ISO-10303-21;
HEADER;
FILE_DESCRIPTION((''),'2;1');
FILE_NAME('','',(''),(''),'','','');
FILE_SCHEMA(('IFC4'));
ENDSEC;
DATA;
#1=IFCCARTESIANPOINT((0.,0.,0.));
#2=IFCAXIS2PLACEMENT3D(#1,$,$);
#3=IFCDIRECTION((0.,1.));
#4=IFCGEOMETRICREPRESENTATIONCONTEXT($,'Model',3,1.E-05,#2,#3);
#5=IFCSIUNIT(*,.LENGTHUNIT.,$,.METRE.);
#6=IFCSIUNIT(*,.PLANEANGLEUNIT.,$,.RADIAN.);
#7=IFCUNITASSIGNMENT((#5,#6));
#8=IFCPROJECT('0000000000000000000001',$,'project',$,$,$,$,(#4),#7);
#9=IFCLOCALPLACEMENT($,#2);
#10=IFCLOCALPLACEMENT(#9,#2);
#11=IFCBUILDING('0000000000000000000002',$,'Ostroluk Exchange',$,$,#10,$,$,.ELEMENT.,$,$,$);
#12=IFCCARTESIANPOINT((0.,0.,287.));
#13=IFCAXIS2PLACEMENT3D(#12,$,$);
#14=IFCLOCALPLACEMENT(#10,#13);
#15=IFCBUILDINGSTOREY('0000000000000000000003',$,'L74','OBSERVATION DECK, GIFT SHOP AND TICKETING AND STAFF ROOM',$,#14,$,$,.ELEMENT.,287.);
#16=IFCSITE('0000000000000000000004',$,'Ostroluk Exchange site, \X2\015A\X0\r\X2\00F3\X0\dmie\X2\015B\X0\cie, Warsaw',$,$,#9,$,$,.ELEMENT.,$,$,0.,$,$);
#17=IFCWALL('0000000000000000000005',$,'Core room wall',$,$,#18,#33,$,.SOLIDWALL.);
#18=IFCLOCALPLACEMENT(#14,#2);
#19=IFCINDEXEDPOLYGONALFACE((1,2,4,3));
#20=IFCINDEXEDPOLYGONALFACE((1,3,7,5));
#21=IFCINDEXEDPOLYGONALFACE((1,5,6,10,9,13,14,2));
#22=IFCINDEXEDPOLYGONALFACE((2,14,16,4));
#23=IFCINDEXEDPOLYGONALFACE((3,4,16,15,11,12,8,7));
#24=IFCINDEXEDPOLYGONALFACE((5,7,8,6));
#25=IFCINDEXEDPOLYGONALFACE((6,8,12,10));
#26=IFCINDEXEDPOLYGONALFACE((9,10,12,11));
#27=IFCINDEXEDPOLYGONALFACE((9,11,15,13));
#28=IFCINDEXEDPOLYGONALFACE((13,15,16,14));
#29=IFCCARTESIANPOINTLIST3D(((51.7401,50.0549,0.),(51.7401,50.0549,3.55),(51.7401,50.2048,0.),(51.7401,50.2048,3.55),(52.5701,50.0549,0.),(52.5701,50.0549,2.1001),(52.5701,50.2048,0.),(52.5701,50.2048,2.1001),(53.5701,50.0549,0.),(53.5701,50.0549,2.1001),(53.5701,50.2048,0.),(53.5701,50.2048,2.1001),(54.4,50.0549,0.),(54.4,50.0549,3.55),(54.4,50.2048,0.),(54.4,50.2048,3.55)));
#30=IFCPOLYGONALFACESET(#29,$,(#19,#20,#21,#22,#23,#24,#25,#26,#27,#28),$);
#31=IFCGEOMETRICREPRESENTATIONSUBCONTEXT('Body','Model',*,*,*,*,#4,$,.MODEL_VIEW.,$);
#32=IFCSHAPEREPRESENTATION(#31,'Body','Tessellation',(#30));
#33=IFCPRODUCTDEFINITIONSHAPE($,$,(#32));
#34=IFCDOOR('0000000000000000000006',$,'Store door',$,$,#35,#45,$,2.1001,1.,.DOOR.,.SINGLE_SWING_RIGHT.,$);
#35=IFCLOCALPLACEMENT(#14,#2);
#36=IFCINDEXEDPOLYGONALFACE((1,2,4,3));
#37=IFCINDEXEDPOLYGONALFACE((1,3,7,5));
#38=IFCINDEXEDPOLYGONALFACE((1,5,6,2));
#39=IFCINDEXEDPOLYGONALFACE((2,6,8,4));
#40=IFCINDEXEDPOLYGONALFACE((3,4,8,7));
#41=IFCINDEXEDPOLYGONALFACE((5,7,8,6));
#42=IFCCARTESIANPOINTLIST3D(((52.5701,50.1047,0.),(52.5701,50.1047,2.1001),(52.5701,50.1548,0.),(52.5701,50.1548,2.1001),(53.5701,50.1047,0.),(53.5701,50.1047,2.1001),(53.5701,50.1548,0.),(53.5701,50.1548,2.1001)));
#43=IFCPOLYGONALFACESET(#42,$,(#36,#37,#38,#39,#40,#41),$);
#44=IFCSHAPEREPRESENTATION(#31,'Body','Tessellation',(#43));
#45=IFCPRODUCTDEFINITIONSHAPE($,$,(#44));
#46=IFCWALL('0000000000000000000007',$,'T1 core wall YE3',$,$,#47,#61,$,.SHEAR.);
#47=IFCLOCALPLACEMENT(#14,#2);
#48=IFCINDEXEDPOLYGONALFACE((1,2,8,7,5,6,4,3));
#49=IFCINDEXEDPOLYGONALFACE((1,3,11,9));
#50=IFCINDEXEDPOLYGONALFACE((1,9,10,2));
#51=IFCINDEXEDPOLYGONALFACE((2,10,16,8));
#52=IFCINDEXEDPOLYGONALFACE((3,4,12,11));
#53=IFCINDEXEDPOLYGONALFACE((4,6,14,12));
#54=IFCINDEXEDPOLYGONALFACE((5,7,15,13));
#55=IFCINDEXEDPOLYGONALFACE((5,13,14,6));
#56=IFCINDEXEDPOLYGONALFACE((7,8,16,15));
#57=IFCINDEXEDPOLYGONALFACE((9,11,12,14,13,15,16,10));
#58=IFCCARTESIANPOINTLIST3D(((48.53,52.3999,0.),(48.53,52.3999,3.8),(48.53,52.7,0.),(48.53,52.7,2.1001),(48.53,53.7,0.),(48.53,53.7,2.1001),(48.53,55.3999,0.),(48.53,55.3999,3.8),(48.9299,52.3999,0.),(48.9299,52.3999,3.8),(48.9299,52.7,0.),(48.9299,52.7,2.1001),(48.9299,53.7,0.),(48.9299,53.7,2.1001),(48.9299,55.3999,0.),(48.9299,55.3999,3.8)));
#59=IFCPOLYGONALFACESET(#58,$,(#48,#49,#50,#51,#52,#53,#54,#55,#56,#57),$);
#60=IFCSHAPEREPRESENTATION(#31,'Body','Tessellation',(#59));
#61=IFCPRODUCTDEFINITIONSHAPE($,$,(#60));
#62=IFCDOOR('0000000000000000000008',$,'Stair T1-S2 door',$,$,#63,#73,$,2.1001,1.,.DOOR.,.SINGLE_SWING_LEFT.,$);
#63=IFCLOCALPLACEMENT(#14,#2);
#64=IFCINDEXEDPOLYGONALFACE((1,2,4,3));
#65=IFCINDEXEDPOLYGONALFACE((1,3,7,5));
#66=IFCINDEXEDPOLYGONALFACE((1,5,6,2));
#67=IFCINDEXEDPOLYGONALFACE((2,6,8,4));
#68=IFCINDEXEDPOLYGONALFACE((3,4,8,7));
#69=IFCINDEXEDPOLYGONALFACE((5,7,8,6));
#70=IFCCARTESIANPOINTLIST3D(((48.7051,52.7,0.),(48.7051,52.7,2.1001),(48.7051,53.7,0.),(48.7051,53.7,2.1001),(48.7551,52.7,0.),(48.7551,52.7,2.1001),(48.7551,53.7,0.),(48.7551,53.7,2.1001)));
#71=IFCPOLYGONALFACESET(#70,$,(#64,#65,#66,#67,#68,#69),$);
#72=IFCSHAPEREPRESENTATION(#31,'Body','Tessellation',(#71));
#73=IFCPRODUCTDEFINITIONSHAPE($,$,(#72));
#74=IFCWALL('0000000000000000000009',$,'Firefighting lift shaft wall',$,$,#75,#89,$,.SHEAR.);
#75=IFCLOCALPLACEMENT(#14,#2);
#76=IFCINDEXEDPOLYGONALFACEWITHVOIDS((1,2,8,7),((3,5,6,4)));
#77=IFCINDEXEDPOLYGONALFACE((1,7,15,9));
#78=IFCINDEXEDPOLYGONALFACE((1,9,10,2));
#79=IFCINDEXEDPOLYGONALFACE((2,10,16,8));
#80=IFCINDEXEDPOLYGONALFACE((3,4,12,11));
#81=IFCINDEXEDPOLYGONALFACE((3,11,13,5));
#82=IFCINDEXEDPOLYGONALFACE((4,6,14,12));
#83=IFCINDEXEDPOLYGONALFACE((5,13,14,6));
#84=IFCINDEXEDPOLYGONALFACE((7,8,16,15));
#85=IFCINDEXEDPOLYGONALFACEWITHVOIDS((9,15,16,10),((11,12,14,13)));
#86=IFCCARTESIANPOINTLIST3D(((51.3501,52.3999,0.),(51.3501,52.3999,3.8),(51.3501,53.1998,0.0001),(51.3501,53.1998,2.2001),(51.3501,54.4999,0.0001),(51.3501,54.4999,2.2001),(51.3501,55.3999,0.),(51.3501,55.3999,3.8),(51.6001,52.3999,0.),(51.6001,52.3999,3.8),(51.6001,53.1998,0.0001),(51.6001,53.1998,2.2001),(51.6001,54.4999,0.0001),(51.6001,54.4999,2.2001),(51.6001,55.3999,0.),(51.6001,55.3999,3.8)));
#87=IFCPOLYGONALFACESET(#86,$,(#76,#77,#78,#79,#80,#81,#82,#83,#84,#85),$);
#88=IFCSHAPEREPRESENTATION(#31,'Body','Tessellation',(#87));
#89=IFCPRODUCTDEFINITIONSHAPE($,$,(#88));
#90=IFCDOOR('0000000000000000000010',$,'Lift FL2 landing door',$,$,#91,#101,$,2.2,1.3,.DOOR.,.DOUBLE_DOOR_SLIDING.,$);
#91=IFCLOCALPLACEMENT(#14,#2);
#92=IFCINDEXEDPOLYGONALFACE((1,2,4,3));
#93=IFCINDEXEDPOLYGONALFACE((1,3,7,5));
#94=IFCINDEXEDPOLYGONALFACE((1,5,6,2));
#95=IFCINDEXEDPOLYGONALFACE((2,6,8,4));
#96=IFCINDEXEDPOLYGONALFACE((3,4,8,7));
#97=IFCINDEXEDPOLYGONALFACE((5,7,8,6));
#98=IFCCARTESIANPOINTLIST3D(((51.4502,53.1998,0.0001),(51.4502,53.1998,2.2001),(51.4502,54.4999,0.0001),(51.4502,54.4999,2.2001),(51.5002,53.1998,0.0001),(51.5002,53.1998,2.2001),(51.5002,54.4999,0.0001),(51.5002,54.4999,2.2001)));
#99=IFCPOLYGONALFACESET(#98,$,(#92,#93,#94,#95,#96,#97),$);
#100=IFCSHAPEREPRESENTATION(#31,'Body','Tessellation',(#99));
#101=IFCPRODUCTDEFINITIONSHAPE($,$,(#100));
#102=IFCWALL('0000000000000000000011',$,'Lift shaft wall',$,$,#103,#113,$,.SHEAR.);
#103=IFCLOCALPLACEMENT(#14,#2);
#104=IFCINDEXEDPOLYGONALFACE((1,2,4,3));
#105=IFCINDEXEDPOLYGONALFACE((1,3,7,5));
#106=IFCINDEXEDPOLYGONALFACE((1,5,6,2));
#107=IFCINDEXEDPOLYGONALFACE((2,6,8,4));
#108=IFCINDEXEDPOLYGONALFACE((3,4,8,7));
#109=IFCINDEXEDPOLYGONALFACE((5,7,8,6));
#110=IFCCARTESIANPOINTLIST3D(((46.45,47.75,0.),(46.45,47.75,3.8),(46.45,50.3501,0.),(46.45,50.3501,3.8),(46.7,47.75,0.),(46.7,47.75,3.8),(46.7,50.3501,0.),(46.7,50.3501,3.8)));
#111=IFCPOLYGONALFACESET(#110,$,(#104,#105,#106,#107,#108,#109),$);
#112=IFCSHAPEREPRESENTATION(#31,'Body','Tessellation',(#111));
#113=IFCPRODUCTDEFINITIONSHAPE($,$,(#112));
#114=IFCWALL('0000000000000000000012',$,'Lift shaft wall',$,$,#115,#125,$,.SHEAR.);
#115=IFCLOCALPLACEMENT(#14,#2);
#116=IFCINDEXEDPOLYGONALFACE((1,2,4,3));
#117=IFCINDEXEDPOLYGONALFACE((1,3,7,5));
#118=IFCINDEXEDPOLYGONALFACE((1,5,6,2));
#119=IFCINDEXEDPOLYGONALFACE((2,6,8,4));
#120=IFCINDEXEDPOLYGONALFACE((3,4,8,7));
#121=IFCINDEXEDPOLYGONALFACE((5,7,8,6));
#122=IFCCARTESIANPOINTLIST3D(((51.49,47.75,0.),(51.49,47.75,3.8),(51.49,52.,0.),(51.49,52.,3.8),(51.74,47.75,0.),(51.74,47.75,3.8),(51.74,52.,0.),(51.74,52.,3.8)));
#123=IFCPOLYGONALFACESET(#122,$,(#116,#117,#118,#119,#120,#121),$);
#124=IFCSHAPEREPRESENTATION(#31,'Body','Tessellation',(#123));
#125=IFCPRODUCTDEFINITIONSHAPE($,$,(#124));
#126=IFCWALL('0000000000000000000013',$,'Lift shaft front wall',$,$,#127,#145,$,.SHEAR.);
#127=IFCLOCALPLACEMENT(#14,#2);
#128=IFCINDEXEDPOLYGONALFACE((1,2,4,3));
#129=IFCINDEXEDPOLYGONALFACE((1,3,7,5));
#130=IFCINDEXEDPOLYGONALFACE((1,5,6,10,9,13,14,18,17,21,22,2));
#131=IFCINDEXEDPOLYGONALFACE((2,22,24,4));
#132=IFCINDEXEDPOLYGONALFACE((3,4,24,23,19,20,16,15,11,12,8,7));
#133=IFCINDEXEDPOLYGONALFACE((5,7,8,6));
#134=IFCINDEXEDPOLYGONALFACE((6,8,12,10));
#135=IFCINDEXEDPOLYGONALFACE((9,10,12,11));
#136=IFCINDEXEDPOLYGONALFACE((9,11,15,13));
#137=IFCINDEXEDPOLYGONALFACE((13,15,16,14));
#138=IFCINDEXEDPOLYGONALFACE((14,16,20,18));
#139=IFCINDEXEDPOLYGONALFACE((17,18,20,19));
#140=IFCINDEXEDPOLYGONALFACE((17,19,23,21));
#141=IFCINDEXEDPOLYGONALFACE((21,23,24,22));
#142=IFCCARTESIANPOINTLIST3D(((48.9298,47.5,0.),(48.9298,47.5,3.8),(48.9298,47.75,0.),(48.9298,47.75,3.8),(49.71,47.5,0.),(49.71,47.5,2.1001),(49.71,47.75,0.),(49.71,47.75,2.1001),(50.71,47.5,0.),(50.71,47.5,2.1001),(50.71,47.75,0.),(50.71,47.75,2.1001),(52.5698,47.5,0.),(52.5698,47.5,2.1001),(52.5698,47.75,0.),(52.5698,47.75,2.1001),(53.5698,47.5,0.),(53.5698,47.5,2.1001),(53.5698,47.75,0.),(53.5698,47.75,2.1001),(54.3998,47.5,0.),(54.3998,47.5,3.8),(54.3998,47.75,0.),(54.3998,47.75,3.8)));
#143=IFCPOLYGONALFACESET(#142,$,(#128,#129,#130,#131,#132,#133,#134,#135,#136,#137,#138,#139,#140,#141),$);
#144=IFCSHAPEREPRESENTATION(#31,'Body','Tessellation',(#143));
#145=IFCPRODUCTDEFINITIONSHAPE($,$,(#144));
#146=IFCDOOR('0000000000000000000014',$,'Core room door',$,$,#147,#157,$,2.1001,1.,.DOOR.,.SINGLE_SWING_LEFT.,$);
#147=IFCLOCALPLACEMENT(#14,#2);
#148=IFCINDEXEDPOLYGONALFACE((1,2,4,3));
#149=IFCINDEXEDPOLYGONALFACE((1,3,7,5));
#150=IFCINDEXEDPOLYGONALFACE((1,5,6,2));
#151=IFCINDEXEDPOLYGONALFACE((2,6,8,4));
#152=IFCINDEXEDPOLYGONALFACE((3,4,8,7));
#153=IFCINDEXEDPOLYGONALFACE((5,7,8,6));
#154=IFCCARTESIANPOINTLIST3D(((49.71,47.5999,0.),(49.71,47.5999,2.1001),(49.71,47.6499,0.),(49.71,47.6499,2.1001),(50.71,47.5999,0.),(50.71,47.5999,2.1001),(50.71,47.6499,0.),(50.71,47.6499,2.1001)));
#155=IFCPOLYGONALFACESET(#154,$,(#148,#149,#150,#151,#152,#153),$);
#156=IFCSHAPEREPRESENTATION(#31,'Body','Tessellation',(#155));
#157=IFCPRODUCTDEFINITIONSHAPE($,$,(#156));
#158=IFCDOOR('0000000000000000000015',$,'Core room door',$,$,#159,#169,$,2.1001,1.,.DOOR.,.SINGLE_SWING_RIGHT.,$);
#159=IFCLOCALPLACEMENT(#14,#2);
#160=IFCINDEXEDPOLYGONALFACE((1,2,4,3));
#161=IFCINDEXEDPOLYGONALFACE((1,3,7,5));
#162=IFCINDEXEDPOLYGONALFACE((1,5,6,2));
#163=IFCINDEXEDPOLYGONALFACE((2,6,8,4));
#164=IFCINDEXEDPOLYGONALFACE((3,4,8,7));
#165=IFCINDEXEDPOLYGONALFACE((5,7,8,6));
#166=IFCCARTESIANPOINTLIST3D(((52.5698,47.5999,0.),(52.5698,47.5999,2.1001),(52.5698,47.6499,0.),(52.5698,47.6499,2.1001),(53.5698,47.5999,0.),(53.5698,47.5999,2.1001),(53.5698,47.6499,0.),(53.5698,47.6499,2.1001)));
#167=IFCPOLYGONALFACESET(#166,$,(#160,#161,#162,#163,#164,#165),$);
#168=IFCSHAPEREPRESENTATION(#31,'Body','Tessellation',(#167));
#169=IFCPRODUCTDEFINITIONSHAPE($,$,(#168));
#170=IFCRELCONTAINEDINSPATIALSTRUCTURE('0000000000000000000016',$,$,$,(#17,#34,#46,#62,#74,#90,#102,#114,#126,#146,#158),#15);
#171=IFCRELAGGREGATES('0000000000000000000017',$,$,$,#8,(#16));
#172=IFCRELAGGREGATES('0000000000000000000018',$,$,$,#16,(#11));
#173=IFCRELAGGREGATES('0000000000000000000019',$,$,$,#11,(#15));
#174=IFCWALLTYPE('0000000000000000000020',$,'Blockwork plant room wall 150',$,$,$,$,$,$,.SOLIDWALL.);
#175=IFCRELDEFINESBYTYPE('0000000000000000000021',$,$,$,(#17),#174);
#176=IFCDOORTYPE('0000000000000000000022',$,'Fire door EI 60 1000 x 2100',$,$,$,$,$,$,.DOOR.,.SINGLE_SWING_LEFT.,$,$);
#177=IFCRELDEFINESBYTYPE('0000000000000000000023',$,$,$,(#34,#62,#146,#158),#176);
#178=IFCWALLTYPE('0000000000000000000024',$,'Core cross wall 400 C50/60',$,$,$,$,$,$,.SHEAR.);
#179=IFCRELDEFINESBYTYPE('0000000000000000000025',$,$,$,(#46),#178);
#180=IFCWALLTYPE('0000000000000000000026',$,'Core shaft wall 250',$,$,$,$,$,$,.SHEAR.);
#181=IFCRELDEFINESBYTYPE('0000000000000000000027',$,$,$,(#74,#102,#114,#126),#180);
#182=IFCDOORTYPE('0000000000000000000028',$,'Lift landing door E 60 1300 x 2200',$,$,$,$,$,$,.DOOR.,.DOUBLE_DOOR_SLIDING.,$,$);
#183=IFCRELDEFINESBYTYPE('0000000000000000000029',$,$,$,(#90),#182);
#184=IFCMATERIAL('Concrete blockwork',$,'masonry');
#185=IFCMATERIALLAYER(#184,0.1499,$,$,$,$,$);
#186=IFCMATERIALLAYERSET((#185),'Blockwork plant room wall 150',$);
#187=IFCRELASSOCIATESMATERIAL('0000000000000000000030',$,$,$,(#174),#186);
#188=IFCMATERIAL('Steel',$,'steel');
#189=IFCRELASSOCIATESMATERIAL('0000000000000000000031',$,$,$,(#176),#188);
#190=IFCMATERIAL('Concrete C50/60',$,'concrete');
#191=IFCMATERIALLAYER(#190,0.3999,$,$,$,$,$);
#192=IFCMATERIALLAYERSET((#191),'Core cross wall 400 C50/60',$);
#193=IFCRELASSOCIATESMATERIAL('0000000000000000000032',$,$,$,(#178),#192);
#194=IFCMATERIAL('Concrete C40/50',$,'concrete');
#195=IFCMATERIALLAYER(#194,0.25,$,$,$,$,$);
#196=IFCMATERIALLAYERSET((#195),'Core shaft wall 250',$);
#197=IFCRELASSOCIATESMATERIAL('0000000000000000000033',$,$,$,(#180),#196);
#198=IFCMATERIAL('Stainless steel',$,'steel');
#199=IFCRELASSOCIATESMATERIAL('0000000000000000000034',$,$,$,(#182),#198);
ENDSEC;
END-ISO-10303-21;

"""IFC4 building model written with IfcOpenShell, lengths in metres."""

from ifc_helpers import new_model, si_unit, direction, frame, frame_2d, origin, place, context, subcontext, project, spatial, rectangle, extrude, material, layer, layer_set, type_object, element, fill, save


model = new_model("IFC4")

# Units and contexts
model_context = context("Model", 3, precision=1e-05, world=origin(), true_north=direction((0.0, 1.0)))
body_context = subcontext(model_context, "Body", "Model", "MODEL_VIEW")
ifc_project = project(units=[si_unit("LENGTHUNIT", "METRE"), si_unit("PLANEANGLEUNIT", "RADIAN")], contexts=[model_context])

# Site, building, storey
site_placement = place(None, origin())
site = spatial("IfcSite", under=ifc_project, at=site_placement, Name="Ostroluk Exchange site, Śródmieście, Warsaw", CompositionType="ELEMENT", RefElevation=0.0)
building_placement = place(site_placement, origin())
building = spatial("IfcBuilding", under=site, at=building_placement, Name="Ostroluk Exchange", CompositionType="ELEMENT")
storey_placement = place(building_placement, frame((0.0, 0.0, 287.0)))
storey = spatial("IfcBuildingStorey", under=building, at=storey_placement, Name="L74", Description="OBSERVATION DECK, GIFT SHOP AND TICKETING AND STAFF ROOM", CompositionType="ELEMENT", Elevation=287.0)

# Walls, openings, doors
ifc_material_1 = material(Name="Concrete blockwork", Category="masonry")
ifc_layer_1 = layer(ifc_material_1, 0.1499)
ifc_layer_set_1 = layer_set([ifc_layer_1], Name="Blockwork plant room wall 150")
wall_type_1 = type_object("IfcWallType", Name="Blockwork plant room wall 150", PredefinedType="SOLIDWALL", material=ifc_layer_set_1)
wall_1_placement = place(storey_placement, frame((51.74, 50.1299, 0.0), z_axis=(0.0, 0.0, 1.0), x_axis=(1.0, 0.0, 0.0)))
wall_1 = element("IfcWall", 1, at=wall_1_placement, inside=storey, type_object=wall_type_1, Name="Core room wall", PredefinedType="SOLIDWALL", context=body_context, shape_type="SweptSolid", body=[
    extrude(rectangle(XDim=2.6599, YDim=0.1499, at=frame_2d((1.3301, 0.0))), origin(), (0.0, 0.0, 1.0), 3.55),
])
opening_1_placement = place(wall_1_placement, frame((0.8301, 0.0, 0.0)))
opening_1 = element("IfcOpeningElement", 2, at=opening_1_placement, cuts=wall_1, PredefinedType="OPENING", context=body_context, shape_type="SweptSolid", body=[
    extrude(rectangle(XDim=1.0, YDim=2.1001, at=frame_2d((0.5, 1.05))), frame((0.0, 0.085, 0.0), z_axis=(0.0, -1.0, 0.0), x_axis=(1.0, 0.0, 0.0)), (0.0, 0.0, 1.0), 0.1699),
])
ifc_material_2 = material(Name="Steel", Category="steel")
door_type_1 = type_object("IfcDoorType", Name="Fire door EI 60 1000 x 2100", OperationType="SINGLE_SWING_LEFT", PredefinedType="DOOR", material=ifc_material_2)
door_1_placement = place(opening_1_placement, origin())
door_1 = element("IfcDoor", 3, at=door_1_placement, inside=storey, type_object=door_type_1, Name="Store door", OperationType="SINGLE_SWING_RIGHT", OverallHeight=2.1001, OverallWidth=1.0, PredefinedType="DOOR", context=body_context, shape_type="SweptSolid", body=[
    extrude(rectangle(XDim=1.0, YDim=2.1001, at=frame_2d((0.5, 1.05))), frame((0.0, 0.0249, 0.0), z_axis=(0.0, -1.0, 0.0), x_axis=(1.0, 0.0, 0.0)), (0.0, 0.0, 1.0), 0.05),
])
fill(opening_1, door_1)
ifc_material_3 = material(Name="Concrete C50/60", Category="concrete")
ifc_layer_2 = layer(ifc_material_3, 0.3999)
ifc_layer_set_2 = layer_set([ifc_layer_2], Name="Core cross wall 400 C50/60")
wall_type_2 = type_object("IfcWallType", Name="Core cross wall 400 C50/60", PredefinedType="SHEAR", material=ifc_layer_set_2)
wall_2_placement = place(storey_placement, frame((48.73, 52.3999, 0.0), z_axis=(0.0, 0.0, 1.0), x_axis=(0.0, 1.0, 0.0)))
wall_2 = element("IfcWall", 4, at=wall_2_placement, inside=storey, type_object=wall_type_2, Name="T1 core wall YE3", PredefinedType="SHEAR", context=body_context, shape_type="SweptSolid", body=[
    extrude(rectangle(XDim=3.0, YDim=0.3999, at=frame_2d((1.5, 0.0))), origin(), (0.0, 0.0, 1.0), 3.8),
])
opening_2_placement = place(wall_2_placement, frame((0.3, 0.0, 0.0)))
opening_2 = element("IfcOpeningElement", 5, at=opening_2_placement, cuts=wall_2, PredefinedType="OPENING", context=body_context, shape_type="SweptSolid", body=[
    extrude(rectangle(XDim=1.0, YDim=2.1001, at=frame_2d((0.5, 1.05))), frame((0.0, 0.21, 0.0), z_axis=(0.0, -1.0, 0.0), x_axis=(1.0, 0.0, 0.0)), (0.0, 0.0, 1.0), 0.4199),
])
door_2_placement = place(opening_2_placement, origin())
door_2 = element("IfcDoor", 6, at=door_2_placement, inside=storey, type_object=door_type_1, Name="Stair T1-S2 door", OperationType="SINGLE_SWING_LEFT", OverallHeight=2.1001, OverallWidth=1.0, PredefinedType="DOOR", context=body_context, shape_type="SweptSolid", body=[
    extrude(rectangle(XDim=1.0, YDim=2.1001, at=frame_2d((0.5, 1.05))), frame((0.0, 0.0249, 0.0), z_axis=(0.0, -1.0, 0.0), x_axis=(1.0, 0.0, 0.0)), (0.0, 0.0, 1.0), 0.05),
])
fill(opening_2, door_2)
ifc_material_4 = material(Name="Concrete C40/50", Category="concrete")
ifc_layer_3 = layer(ifc_material_4, 0.25)
ifc_layer_set_3 = layer_set([ifc_layer_3], Name="Core shaft wall 250")
wall_type_3 = type_object("IfcWallType", Name="Core shaft wall 250", PredefinedType="SHEAR", material=ifc_layer_set_3)
wall_3_placement = place(storey_placement, frame((51.4751, 52.3999, 0.0), z_axis=(0.0, 0.0, 1.0), x_axis=(0.0, 1.0, 0.0)))
wall_3 = element("IfcWall", 7, at=wall_3_placement, inside=storey, type_object=wall_type_3, Name="Firefighting lift shaft wall", PredefinedType="SHEAR", context=body_context, shape_type="SweptSolid", body=[
    extrude(rectangle(XDim=3.0, YDim=0.25, at=frame_2d((1.5, 0.0))), origin(), (0.0, 0.0, 1.0), 3.8),
])
opening_3_placement = place(wall_3_placement, frame((0.8, 0.0, 0.0)))
opening_3 = element("IfcOpeningElement", 8, at=opening_3_placement, cuts=wall_3, PredefinedType="OPENING", context=body_context, shape_type="SweptSolid", body=[
    extrude(rectangle(XDim=1.3, YDim=2.2, at=frame_2d((0.6499, 1.1001))), frame((0.0, 0.135, 0.0), z_axis=(0.0, -1.0, 0.0), x_axis=(1.0, 0.0, 0.0)), (0.0, 0.0, 1.0), 0.27),
])
ifc_material_5 = material(Name="Stainless steel", Category="steel")
door_type_2 = type_object("IfcDoorType", Name="Lift landing door E 60 1300 x 2200", OperationType="DOUBLE_DOOR_SLIDING", PredefinedType="DOOR", material=ifc_material_5)
door_3_placement = place(opening_3_placement, origin())
door_3 = element("IfcDoor", 9, at=door_3_placement, inside=storey, type_object=door_type_2, Name="Lift FL2 landing door", OperationType="DOUBLE_DOOR_SLIDING", OverallHeight=2.2, OverallWidth=1.3, PredefinedType="DOOR", context=body_context, shape_type="SweptSolid", body=[
    extrude(rectangle(XDim=1.3, YDim=2.2, at=frame_2d((0.6499, 1.1001))), frame((0.0, 0.0249, 0.0), z_axis=(0.0, -1.0, 0.0), x_axis=(1.0, 0.0, 0.0)), (0.0, 0.0, 1.0), 0.05),
])
fill(opening_3, door_3)

# Walls
wall_4_placement = place(storey_placement, frame((46.575, 47.75, 0.0), z_axis=(0.0, 0.0, 1.0), x_axis=(0.0, 1.0, 0.0)))
element("IfcWall", 10, at=wall_4_placement, inside=storey, type_object=wall_type_3, Name="Lift shaft wall", PredefinedType="SHEAR", context=body_context, shape_type="SweptSolid", body=[
    extrude(rectangle(XDim=2.6001, YDim=0.25, at=frame_2d((1.3, 0.0))), origin(), (0.0, 0.0, 1.0), 3.8),
])
wall_5_placement = place(storey_placement, frame((51.615, 47.75, 0.0), z_axis=(0.0, 0.0, 1.0), x_axis=(0.0, 1.0, 0.0)))
element("IfcWall", 11, at=wall_5_placement, inside=storey, type_object=wall_type_3, Name="Lift shaft wall", PredefinedType="SHEAR", context=body_context, shape_type="SweptSolid", body=[
    extrude(rectangle(XDim=4.25, YDim=0.25, at=frame_2d((2.125, 0.0))), origin(), (0.0, 0.0, 1.0), 3.8),
])

# Wall, openings, doors
wall_6_placement = place(storey_placement, frame((48.9299, 47.625, 0.0), z_axis=(0.0, 0.0, 1.0), x_axis=(1.0, 0.0, 0.0)))
wall_6 = element("IfcWall", 12, at=wall_6_placement, inside=storey, type_object=wall_type_3, Name="Lift shaft front wall", PredefinedType="SHEAR", context=body_context, shape_type="SweptSolid", body=[
    extrude(rectangle(XDim=5.47, YDim=0.25, at=frame_2d((2.7349, 0.0))), origin(), (0.0, 0.0, 1.0), 3.8),
])
opening_4_placement = place(wall_6_placement, frame((0.78, 0.0, 0.0)))
opening_4 = element("IfcOpeningElement", 13, at=opening_4_placement, cuts=wall_6, PredefinedType="OPENING", context=body_context, shape_type="SweptSolid", body=[
    extrude(rectangle(XDim=1.0, YDim=2.1001, at=frame_2d((0.5, 1.05))), frame((0.0, 0.135, 0.0), z_axis=(0.0, -1.0, 0.0), x_axis=(1.0, 0.0, 0.0)), (0.0, 0.0, 1.0), 0.27),
])
opening_5_placement = place(wall_6_placement, frame((3.6399, 0.0, 0.0)))
opening_5 = element("IfcOpeningElement", 14, at=opening_5_placement, cuts=wall_6, PredefinedType="OPENING", context=body_context, shape_type="SweptSolid", body=[
    extrude(rectangle(XDim=1.0, YDim=2.1001, at=frame_2d((0.5, 1.05))), frame((0.0, 0.135, 0.0), z_axis=(0.0, -1.0, 0.0), x_axis=(1.0, 0.0, 0.0)), (0.0, 0.0, 1.0), 0.27),
])
door_4_placement = place(opening_4_placement, origin())
door_4 = element("IfcDoor", 15, at=door_4_placement, inside=storey, type_object=door_type_1, Name="Core room door", OperationType="SINGLE_SWING_LEFT", OverallHeight=2.1001, OverallWidth=1.0, PredefinedType="DOOR", context=body_context, shape_type="SweptSolid", body=[
    extrude(rectangle(XDim=1.0, YDim=2.1001, at=frame_2d((0.5, 1.05))), frame((0.0, 0.0249, 0.0), z_axis=(0.0, -1.0, 0.0), x_axis=(1.0, 0.0, 0.0)), (0.0, 0.0, 1.0), 0.05),
])
fill(opening_4, door_4)
door_5_placement = place(opening_5_placement, origin())
door_5 = element("IfcDoor", 16, at=door_5_placement, inside=storey, type_object=door_type_1, Name="Core room door", OperationType="SINGLE_SWING_RIGHT", OverallHeight=2.1001, OverallWidth=1.0, PredefinedType="DOOR", context=body_context, shape_type="SweptSolid", body=[
    extrude(rectangle(XDim=1.0, YDim=2.1001, at=frame_2d((0.5, 1.05))), frame((0.0, 0.0249, 0.0), z_axis=(0.0, -1.0, 0.0), x_axis=(1.0, 0.0, 0.0)), (0.0, 0.0, 1.0), 0.05),
])
fill(opening_5, door_5)

save(model, "model.ifc")
